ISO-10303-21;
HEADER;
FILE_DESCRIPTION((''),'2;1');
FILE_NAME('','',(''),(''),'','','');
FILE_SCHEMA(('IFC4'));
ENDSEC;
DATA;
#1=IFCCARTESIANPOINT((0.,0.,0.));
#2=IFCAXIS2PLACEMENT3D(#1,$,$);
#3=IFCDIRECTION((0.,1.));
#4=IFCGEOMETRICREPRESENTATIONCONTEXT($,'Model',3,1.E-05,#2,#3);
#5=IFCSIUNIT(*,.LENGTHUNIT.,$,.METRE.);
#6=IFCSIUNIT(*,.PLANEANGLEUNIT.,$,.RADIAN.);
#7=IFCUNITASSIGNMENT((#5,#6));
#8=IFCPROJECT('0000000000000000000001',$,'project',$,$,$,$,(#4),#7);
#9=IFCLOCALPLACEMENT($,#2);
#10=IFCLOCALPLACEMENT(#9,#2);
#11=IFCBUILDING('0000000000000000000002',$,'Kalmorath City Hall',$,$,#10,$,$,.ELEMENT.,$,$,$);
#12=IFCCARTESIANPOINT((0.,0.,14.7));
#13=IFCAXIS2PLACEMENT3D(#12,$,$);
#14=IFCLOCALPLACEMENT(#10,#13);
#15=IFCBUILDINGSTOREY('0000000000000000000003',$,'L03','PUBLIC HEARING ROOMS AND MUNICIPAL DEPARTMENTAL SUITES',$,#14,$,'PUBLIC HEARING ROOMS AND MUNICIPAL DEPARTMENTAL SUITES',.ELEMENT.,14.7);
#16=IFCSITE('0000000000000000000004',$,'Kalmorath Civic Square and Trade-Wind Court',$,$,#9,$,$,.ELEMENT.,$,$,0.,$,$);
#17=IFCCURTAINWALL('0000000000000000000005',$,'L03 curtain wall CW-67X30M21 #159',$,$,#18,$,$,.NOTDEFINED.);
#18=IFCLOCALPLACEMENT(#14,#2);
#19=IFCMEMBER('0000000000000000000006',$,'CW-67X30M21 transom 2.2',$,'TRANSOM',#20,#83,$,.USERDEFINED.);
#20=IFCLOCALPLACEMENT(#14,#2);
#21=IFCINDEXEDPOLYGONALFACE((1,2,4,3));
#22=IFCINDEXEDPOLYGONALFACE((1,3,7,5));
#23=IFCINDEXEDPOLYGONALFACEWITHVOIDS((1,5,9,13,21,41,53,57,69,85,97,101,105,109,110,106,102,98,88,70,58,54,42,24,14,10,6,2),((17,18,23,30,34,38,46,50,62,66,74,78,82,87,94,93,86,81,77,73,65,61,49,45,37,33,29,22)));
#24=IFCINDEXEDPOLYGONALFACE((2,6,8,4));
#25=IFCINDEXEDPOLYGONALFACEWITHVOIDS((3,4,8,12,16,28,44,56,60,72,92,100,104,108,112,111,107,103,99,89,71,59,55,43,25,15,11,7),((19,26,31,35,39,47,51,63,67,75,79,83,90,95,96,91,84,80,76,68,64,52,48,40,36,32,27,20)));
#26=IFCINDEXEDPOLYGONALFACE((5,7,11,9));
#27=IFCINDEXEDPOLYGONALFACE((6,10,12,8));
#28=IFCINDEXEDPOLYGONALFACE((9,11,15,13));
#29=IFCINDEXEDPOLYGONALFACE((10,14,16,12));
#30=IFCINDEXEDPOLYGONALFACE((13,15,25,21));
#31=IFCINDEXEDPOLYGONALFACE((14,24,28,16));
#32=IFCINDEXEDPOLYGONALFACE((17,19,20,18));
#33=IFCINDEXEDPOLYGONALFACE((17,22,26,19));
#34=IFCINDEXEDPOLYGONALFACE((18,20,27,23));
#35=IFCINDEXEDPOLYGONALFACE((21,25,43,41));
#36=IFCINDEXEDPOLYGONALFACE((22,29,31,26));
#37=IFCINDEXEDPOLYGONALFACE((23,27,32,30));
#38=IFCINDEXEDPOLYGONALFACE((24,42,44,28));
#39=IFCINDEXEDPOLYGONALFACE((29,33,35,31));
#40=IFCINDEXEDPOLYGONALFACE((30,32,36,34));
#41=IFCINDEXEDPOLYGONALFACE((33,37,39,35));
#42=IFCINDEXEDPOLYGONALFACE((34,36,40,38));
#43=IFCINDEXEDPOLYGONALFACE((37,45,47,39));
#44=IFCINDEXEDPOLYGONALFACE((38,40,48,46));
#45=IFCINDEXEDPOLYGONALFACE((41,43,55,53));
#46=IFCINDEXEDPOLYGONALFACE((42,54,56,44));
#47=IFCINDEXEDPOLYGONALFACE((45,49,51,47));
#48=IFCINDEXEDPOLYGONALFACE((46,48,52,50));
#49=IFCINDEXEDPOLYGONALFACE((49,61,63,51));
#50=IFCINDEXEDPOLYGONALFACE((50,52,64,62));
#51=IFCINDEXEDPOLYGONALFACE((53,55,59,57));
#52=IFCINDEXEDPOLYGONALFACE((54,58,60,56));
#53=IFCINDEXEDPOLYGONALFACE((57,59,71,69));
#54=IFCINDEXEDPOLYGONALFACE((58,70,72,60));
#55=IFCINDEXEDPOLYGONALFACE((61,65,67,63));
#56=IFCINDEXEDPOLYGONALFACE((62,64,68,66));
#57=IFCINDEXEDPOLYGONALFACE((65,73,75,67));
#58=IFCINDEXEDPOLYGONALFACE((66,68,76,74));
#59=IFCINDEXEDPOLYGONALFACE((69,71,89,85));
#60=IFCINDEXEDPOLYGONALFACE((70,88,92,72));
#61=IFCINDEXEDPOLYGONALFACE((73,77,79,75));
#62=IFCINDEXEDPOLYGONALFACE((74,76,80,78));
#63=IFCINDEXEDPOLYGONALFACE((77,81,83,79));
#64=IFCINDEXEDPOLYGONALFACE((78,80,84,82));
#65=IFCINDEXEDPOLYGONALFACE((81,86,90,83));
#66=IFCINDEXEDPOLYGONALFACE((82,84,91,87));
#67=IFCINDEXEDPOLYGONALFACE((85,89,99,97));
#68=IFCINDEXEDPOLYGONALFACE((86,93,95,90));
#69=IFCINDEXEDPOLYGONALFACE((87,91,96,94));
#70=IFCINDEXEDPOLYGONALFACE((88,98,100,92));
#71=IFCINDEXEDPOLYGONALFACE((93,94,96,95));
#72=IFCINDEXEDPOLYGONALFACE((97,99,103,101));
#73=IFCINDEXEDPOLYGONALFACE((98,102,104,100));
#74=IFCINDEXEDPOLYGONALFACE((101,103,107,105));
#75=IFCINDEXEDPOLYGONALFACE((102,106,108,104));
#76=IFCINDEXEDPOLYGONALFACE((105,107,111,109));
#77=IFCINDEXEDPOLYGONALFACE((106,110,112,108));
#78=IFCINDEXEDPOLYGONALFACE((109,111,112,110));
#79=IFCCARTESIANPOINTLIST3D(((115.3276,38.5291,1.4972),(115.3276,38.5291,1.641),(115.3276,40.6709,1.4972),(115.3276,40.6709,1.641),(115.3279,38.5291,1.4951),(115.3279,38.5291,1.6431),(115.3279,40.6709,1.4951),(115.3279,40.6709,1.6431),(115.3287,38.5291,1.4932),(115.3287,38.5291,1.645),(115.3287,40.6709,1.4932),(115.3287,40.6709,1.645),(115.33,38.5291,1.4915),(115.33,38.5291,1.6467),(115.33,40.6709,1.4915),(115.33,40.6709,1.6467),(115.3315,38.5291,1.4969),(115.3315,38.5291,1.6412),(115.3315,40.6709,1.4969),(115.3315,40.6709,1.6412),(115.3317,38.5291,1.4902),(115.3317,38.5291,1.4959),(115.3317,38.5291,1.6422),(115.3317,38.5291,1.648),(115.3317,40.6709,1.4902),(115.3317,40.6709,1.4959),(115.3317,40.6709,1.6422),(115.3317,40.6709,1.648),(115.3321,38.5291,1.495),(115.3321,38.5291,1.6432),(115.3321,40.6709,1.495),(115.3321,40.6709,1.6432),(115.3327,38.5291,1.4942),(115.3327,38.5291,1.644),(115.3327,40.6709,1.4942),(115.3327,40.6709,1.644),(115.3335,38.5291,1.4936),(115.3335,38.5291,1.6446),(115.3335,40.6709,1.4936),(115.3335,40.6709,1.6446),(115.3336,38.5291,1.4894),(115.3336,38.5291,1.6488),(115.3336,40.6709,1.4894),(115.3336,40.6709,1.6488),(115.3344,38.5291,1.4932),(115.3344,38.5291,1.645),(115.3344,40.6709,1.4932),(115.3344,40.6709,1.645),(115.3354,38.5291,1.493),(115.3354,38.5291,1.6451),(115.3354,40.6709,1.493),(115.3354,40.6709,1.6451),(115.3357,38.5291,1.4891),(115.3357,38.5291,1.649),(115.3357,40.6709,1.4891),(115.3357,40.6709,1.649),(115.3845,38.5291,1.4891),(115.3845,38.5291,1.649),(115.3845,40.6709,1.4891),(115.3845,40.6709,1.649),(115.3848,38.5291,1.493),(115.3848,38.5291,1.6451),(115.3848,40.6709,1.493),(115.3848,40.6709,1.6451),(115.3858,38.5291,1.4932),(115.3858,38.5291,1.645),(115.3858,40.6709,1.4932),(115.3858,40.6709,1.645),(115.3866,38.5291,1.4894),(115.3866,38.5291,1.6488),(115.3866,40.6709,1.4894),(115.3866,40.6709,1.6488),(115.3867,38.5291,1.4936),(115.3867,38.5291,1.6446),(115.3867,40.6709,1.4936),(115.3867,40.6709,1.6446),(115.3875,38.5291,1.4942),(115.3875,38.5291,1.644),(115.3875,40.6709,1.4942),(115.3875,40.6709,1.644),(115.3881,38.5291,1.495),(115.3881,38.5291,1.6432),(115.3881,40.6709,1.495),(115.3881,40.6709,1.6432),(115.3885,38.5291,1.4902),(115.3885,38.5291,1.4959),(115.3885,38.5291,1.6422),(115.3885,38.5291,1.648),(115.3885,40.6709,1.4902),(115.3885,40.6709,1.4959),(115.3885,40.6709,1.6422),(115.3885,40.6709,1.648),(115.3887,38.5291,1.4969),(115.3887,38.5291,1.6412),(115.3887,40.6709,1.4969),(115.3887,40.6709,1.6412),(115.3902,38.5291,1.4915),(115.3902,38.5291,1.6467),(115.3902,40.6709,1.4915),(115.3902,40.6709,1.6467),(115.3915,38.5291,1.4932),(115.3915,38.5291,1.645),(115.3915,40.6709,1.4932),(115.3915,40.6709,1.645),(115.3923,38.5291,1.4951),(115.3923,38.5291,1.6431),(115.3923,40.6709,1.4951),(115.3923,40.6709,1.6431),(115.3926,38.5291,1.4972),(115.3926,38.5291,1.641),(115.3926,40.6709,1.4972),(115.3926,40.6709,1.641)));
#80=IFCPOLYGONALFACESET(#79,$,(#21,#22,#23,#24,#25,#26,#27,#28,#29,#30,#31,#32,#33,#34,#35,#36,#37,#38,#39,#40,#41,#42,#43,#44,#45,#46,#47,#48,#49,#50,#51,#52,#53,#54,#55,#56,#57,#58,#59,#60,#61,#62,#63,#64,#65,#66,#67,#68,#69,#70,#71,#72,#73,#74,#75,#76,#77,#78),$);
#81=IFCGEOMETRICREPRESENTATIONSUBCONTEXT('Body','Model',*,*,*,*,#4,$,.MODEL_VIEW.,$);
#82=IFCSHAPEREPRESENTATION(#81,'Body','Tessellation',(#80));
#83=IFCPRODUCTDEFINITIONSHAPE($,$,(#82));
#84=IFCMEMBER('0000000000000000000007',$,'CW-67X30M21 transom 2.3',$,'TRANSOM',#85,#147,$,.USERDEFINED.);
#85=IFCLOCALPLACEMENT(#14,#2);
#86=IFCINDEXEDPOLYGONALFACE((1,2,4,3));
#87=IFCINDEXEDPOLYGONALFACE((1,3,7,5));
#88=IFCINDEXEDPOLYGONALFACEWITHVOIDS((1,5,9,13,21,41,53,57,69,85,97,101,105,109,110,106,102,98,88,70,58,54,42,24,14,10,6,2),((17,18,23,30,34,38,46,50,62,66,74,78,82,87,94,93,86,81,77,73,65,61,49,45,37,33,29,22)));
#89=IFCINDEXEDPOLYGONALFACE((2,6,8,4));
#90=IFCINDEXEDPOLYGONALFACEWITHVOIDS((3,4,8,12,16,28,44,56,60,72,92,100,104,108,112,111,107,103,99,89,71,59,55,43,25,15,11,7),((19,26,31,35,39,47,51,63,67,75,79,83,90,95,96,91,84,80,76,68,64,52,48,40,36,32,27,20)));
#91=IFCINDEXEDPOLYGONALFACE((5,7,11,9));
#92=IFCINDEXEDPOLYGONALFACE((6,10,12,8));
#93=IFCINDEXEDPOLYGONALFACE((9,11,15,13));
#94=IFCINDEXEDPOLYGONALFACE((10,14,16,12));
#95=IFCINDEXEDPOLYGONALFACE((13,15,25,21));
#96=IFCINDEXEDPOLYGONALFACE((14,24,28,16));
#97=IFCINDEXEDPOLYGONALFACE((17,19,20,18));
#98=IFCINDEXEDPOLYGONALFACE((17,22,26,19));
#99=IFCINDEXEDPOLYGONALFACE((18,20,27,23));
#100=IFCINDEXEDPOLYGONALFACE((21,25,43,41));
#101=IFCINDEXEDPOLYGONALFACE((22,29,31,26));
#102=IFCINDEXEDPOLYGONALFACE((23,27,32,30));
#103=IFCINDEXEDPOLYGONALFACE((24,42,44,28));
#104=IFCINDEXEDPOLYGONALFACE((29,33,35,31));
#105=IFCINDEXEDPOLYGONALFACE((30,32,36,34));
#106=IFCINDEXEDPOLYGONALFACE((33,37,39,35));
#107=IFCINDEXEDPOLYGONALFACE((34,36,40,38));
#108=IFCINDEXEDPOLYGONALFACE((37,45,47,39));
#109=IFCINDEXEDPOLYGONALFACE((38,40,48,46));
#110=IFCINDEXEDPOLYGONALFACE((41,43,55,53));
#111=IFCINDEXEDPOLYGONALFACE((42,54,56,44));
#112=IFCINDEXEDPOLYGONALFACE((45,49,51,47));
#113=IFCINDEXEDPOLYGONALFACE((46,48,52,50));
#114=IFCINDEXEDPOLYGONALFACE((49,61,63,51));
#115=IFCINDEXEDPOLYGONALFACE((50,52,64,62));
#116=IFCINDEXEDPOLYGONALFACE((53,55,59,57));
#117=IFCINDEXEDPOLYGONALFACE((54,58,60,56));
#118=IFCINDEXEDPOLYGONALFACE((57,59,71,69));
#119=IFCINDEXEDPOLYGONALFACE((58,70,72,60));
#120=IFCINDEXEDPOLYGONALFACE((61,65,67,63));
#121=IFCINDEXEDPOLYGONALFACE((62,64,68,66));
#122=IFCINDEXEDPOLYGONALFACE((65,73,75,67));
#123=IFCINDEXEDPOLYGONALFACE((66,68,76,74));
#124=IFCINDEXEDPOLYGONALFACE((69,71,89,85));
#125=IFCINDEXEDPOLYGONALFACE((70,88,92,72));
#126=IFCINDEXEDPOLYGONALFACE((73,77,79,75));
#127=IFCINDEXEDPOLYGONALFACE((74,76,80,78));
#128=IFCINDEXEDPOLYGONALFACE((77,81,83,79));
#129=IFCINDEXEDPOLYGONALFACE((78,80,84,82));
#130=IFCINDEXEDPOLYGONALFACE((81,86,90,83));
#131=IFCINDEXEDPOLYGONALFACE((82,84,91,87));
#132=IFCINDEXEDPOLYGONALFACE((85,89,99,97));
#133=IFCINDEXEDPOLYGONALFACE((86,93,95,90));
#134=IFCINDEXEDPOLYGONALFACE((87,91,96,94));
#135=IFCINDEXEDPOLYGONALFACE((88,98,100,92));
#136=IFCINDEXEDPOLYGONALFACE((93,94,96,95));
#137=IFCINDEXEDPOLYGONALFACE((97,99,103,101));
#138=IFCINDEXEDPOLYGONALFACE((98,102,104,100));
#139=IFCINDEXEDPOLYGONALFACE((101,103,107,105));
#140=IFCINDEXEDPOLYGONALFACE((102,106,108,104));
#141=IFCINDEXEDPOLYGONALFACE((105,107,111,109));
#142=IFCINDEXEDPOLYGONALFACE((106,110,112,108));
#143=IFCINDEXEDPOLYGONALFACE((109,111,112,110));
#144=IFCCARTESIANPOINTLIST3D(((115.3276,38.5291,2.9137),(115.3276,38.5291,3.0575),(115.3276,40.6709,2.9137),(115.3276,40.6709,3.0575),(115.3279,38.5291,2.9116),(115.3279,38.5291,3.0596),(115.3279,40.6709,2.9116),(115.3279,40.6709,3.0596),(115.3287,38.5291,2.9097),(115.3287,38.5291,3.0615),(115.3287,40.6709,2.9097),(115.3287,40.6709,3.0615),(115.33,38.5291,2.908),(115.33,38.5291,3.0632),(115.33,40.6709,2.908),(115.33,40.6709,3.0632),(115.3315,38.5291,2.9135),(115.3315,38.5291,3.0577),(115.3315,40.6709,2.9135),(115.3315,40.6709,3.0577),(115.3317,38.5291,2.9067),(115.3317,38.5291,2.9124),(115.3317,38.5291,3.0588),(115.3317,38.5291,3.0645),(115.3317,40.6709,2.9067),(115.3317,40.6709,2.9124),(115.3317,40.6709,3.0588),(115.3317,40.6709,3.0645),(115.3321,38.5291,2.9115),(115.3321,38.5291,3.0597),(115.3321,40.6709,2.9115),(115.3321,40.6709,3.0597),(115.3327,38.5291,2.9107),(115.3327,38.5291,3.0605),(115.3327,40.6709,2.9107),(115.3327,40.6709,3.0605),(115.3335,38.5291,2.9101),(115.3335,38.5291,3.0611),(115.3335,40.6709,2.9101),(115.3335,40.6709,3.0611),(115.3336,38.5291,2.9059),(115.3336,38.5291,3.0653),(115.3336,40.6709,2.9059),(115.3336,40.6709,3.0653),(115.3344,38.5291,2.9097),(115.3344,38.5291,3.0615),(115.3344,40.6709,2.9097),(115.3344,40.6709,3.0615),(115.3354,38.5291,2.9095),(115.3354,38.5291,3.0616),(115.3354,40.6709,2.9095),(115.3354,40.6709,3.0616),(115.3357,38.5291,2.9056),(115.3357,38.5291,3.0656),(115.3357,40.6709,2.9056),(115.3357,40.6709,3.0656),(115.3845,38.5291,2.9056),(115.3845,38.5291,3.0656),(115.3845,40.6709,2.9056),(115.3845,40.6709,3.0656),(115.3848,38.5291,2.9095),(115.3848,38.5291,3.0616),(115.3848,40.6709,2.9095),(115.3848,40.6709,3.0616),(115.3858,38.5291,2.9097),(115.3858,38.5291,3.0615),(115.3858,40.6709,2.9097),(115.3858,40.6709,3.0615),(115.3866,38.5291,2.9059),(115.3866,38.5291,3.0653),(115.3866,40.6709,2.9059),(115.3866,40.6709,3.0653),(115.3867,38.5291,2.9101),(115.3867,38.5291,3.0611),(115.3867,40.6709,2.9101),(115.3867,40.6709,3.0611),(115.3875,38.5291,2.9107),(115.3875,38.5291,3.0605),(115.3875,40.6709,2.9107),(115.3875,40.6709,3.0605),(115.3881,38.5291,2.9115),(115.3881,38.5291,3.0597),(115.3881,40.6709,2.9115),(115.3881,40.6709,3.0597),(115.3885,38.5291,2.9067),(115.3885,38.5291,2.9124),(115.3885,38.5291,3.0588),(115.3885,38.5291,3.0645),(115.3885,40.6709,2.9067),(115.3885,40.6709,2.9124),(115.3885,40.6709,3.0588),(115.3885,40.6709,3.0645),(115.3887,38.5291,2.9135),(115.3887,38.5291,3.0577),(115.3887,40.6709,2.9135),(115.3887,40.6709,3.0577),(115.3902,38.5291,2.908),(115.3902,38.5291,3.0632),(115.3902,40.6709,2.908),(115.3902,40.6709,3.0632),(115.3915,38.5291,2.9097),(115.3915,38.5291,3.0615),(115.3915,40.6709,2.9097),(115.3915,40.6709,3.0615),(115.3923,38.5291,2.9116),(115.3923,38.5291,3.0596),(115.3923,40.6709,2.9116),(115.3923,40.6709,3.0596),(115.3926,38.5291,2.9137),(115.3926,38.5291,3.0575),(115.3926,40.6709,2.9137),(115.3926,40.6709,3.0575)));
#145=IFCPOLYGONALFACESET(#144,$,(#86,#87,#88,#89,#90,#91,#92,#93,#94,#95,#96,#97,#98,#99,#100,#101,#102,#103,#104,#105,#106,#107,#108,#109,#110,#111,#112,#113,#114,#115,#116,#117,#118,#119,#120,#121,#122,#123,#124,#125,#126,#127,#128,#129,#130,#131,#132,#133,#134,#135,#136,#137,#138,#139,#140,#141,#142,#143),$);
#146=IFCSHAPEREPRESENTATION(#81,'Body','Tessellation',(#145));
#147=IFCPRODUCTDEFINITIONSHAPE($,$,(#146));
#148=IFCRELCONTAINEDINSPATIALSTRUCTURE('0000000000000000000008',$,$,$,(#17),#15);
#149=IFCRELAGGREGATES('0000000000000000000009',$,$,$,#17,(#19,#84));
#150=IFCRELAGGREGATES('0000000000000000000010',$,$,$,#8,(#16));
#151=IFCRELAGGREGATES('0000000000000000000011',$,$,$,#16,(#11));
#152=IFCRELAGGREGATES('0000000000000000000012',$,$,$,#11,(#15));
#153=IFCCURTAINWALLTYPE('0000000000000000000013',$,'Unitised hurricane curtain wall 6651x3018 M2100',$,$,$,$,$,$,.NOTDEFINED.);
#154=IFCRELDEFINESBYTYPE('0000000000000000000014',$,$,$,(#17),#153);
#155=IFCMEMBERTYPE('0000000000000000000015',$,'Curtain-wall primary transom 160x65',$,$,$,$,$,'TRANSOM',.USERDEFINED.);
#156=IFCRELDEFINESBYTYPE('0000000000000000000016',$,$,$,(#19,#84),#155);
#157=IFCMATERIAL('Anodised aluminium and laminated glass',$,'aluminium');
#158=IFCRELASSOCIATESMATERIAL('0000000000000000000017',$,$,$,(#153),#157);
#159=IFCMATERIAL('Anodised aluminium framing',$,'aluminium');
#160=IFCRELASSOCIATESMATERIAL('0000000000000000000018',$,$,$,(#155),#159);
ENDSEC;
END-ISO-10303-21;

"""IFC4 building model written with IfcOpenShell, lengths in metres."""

from ifc_helpers import new_model, si_unit, direction, frame, origin, origin_2d, place, context, subcontext, project, spatial, hollow_rectangle, extrude, material, material_profile, profile_set, type_object, element, aggregate, save


model = new_model("IFC4")

# Units and contexts
model_context = context("Model", 3, precision=1e-05, world=origin(), true_north=direction((0.0, 1.0)))
body_context = subcontext(model_context, "Body", "Model", "MODEL_VIEW")
ifc_project = project(units=[si_unit("LENGTHUNIT", "METRE"), si_unit("PLANEANGLEUNIT", "RADIAN")], contexts=[model_context])

# Site, building, storey
site_placement = place(None, origin())
site = spatial("IfcSite", under=ifc_project, at=site_placement, Name="Kalmorath Civic Square and Trade-Wind Court", CompositionType="ELEMENT", RefElevation=0.0)
building_placement = place(site_placement, origin())
building = spatial("IfcBuilding", under=site, at=building_placement, Name="Kalmorath City Hall", CompositionType="ELEMENT")
storey_placement = place(building_placement, frame((0.0, 0.0, 14.7)))
storey = spatial("IfcBuildingStorey", under=building, at=storey_placement, Name="L03", Description="PUBLIC HEARING ROOMS AND MUNICIPAL DEPARTMENTAL SUITES", LongName="PUBLIC HEARING ROOMS AND MUNICIPAL DEPARTMENTAL SUITES", CompositionType="ELEMENT", Elevation=14.7)

# Curtain wall, members
ifc_material_1 = material(Name="Anodised aluminium and laminated glass", Category="aluminium")
curtain_wall_type = type_object("IfcCurtainWallType", Name="Unitised hurricane curtain wall 6651x3018 M2100", PredefinedType="NOTDEFINED", material=ifc_material_1)
curtain_wall_placement = place(storey_placement, origin())
curtain_wall = element("IfcCurtainWall", 1, at=curtain_wall_placement, inside=storey, type_object=curtain_wall_type, Name="L03 curtain wall CW-67X30M21 #159", PredefinedType="NOTDEFINED")
ifc_material_2 = material(Name="Anodised aluminium framing", Category="aluminium")
ifc_material_profile_1 = material_profile(ifc_material_2, hollow_rectangle(XDim=0.0649, YDim=0.1599, WallThickness=0.0039, InnerFilletRadius=0.0039, OuterFilletRadius=0.0081, at=origin_2d()), Name="ALU-TRN-160X65X4")
ifc_profile_set_1 = profile_set([ifc_material_profile_1], Name="Anodised aluminium framing")
member_type_1 = type_object("IfcMemberType", Name="Curtain-wall primary transom 160x65", ElementType="TRANSOM", PredefinedType="USERDEFINED", material=ifc_profile_set_1)
member_1_placement = place(storey_placement, frame((115.3601, 38.5291, 1.5691), z_axis=(0.0, 1.0, 0.0), x_axis=(-1.0, 0.0, 0.0)))
member_1 = element("IfcMember", 2, at=member_1_placement, type_object=member_type_1, Name="CW-67X30M21 transom 2.2", ObjectType="TRANSOM", PredefinedType="USERDEFINED", context=body_context, shape_type="SweptSolid", body=[
    extrude(hollow_rectangle(XDim=0.0649, YDim=0.1599, WallThickness=0.0039, InnerFilletRadius=0.0039, OuterFilletRadius=0.0081, at=origin_2d()), origin(), (0.0, 0.0, 1.0), 2.1418),
])
member_2_placement = place(storey_placement, frame((115.3601, 38.5291, 2.9856), z_axis=(0.0, 1.0, 0.0), x_axis=(-1.0, 0.0, 0.0)))
member_2 = element("IfcMember", 3, at=member_2_placement, type_object=member_type_1, Name="CW-67X30M21 transom 2.3", ObjectType="TRANSOM", PredefinedType="USERDEFINED", context=body_context, shape_type="SweptSolid", body=[
    extrude(hollow_rectangle(XDim=0.0649, YDim=0.1599, WallThickness=0.0039, InnerFilletRadius=0.0039, OuterFilletRadius=0.0081, at=origin_2d()), origin(), (0.0, 0.0, 1.0), 2.1418),
])

aggregate(curtain_wall, [member_1, member_2])

save(model, "model.ifc")
